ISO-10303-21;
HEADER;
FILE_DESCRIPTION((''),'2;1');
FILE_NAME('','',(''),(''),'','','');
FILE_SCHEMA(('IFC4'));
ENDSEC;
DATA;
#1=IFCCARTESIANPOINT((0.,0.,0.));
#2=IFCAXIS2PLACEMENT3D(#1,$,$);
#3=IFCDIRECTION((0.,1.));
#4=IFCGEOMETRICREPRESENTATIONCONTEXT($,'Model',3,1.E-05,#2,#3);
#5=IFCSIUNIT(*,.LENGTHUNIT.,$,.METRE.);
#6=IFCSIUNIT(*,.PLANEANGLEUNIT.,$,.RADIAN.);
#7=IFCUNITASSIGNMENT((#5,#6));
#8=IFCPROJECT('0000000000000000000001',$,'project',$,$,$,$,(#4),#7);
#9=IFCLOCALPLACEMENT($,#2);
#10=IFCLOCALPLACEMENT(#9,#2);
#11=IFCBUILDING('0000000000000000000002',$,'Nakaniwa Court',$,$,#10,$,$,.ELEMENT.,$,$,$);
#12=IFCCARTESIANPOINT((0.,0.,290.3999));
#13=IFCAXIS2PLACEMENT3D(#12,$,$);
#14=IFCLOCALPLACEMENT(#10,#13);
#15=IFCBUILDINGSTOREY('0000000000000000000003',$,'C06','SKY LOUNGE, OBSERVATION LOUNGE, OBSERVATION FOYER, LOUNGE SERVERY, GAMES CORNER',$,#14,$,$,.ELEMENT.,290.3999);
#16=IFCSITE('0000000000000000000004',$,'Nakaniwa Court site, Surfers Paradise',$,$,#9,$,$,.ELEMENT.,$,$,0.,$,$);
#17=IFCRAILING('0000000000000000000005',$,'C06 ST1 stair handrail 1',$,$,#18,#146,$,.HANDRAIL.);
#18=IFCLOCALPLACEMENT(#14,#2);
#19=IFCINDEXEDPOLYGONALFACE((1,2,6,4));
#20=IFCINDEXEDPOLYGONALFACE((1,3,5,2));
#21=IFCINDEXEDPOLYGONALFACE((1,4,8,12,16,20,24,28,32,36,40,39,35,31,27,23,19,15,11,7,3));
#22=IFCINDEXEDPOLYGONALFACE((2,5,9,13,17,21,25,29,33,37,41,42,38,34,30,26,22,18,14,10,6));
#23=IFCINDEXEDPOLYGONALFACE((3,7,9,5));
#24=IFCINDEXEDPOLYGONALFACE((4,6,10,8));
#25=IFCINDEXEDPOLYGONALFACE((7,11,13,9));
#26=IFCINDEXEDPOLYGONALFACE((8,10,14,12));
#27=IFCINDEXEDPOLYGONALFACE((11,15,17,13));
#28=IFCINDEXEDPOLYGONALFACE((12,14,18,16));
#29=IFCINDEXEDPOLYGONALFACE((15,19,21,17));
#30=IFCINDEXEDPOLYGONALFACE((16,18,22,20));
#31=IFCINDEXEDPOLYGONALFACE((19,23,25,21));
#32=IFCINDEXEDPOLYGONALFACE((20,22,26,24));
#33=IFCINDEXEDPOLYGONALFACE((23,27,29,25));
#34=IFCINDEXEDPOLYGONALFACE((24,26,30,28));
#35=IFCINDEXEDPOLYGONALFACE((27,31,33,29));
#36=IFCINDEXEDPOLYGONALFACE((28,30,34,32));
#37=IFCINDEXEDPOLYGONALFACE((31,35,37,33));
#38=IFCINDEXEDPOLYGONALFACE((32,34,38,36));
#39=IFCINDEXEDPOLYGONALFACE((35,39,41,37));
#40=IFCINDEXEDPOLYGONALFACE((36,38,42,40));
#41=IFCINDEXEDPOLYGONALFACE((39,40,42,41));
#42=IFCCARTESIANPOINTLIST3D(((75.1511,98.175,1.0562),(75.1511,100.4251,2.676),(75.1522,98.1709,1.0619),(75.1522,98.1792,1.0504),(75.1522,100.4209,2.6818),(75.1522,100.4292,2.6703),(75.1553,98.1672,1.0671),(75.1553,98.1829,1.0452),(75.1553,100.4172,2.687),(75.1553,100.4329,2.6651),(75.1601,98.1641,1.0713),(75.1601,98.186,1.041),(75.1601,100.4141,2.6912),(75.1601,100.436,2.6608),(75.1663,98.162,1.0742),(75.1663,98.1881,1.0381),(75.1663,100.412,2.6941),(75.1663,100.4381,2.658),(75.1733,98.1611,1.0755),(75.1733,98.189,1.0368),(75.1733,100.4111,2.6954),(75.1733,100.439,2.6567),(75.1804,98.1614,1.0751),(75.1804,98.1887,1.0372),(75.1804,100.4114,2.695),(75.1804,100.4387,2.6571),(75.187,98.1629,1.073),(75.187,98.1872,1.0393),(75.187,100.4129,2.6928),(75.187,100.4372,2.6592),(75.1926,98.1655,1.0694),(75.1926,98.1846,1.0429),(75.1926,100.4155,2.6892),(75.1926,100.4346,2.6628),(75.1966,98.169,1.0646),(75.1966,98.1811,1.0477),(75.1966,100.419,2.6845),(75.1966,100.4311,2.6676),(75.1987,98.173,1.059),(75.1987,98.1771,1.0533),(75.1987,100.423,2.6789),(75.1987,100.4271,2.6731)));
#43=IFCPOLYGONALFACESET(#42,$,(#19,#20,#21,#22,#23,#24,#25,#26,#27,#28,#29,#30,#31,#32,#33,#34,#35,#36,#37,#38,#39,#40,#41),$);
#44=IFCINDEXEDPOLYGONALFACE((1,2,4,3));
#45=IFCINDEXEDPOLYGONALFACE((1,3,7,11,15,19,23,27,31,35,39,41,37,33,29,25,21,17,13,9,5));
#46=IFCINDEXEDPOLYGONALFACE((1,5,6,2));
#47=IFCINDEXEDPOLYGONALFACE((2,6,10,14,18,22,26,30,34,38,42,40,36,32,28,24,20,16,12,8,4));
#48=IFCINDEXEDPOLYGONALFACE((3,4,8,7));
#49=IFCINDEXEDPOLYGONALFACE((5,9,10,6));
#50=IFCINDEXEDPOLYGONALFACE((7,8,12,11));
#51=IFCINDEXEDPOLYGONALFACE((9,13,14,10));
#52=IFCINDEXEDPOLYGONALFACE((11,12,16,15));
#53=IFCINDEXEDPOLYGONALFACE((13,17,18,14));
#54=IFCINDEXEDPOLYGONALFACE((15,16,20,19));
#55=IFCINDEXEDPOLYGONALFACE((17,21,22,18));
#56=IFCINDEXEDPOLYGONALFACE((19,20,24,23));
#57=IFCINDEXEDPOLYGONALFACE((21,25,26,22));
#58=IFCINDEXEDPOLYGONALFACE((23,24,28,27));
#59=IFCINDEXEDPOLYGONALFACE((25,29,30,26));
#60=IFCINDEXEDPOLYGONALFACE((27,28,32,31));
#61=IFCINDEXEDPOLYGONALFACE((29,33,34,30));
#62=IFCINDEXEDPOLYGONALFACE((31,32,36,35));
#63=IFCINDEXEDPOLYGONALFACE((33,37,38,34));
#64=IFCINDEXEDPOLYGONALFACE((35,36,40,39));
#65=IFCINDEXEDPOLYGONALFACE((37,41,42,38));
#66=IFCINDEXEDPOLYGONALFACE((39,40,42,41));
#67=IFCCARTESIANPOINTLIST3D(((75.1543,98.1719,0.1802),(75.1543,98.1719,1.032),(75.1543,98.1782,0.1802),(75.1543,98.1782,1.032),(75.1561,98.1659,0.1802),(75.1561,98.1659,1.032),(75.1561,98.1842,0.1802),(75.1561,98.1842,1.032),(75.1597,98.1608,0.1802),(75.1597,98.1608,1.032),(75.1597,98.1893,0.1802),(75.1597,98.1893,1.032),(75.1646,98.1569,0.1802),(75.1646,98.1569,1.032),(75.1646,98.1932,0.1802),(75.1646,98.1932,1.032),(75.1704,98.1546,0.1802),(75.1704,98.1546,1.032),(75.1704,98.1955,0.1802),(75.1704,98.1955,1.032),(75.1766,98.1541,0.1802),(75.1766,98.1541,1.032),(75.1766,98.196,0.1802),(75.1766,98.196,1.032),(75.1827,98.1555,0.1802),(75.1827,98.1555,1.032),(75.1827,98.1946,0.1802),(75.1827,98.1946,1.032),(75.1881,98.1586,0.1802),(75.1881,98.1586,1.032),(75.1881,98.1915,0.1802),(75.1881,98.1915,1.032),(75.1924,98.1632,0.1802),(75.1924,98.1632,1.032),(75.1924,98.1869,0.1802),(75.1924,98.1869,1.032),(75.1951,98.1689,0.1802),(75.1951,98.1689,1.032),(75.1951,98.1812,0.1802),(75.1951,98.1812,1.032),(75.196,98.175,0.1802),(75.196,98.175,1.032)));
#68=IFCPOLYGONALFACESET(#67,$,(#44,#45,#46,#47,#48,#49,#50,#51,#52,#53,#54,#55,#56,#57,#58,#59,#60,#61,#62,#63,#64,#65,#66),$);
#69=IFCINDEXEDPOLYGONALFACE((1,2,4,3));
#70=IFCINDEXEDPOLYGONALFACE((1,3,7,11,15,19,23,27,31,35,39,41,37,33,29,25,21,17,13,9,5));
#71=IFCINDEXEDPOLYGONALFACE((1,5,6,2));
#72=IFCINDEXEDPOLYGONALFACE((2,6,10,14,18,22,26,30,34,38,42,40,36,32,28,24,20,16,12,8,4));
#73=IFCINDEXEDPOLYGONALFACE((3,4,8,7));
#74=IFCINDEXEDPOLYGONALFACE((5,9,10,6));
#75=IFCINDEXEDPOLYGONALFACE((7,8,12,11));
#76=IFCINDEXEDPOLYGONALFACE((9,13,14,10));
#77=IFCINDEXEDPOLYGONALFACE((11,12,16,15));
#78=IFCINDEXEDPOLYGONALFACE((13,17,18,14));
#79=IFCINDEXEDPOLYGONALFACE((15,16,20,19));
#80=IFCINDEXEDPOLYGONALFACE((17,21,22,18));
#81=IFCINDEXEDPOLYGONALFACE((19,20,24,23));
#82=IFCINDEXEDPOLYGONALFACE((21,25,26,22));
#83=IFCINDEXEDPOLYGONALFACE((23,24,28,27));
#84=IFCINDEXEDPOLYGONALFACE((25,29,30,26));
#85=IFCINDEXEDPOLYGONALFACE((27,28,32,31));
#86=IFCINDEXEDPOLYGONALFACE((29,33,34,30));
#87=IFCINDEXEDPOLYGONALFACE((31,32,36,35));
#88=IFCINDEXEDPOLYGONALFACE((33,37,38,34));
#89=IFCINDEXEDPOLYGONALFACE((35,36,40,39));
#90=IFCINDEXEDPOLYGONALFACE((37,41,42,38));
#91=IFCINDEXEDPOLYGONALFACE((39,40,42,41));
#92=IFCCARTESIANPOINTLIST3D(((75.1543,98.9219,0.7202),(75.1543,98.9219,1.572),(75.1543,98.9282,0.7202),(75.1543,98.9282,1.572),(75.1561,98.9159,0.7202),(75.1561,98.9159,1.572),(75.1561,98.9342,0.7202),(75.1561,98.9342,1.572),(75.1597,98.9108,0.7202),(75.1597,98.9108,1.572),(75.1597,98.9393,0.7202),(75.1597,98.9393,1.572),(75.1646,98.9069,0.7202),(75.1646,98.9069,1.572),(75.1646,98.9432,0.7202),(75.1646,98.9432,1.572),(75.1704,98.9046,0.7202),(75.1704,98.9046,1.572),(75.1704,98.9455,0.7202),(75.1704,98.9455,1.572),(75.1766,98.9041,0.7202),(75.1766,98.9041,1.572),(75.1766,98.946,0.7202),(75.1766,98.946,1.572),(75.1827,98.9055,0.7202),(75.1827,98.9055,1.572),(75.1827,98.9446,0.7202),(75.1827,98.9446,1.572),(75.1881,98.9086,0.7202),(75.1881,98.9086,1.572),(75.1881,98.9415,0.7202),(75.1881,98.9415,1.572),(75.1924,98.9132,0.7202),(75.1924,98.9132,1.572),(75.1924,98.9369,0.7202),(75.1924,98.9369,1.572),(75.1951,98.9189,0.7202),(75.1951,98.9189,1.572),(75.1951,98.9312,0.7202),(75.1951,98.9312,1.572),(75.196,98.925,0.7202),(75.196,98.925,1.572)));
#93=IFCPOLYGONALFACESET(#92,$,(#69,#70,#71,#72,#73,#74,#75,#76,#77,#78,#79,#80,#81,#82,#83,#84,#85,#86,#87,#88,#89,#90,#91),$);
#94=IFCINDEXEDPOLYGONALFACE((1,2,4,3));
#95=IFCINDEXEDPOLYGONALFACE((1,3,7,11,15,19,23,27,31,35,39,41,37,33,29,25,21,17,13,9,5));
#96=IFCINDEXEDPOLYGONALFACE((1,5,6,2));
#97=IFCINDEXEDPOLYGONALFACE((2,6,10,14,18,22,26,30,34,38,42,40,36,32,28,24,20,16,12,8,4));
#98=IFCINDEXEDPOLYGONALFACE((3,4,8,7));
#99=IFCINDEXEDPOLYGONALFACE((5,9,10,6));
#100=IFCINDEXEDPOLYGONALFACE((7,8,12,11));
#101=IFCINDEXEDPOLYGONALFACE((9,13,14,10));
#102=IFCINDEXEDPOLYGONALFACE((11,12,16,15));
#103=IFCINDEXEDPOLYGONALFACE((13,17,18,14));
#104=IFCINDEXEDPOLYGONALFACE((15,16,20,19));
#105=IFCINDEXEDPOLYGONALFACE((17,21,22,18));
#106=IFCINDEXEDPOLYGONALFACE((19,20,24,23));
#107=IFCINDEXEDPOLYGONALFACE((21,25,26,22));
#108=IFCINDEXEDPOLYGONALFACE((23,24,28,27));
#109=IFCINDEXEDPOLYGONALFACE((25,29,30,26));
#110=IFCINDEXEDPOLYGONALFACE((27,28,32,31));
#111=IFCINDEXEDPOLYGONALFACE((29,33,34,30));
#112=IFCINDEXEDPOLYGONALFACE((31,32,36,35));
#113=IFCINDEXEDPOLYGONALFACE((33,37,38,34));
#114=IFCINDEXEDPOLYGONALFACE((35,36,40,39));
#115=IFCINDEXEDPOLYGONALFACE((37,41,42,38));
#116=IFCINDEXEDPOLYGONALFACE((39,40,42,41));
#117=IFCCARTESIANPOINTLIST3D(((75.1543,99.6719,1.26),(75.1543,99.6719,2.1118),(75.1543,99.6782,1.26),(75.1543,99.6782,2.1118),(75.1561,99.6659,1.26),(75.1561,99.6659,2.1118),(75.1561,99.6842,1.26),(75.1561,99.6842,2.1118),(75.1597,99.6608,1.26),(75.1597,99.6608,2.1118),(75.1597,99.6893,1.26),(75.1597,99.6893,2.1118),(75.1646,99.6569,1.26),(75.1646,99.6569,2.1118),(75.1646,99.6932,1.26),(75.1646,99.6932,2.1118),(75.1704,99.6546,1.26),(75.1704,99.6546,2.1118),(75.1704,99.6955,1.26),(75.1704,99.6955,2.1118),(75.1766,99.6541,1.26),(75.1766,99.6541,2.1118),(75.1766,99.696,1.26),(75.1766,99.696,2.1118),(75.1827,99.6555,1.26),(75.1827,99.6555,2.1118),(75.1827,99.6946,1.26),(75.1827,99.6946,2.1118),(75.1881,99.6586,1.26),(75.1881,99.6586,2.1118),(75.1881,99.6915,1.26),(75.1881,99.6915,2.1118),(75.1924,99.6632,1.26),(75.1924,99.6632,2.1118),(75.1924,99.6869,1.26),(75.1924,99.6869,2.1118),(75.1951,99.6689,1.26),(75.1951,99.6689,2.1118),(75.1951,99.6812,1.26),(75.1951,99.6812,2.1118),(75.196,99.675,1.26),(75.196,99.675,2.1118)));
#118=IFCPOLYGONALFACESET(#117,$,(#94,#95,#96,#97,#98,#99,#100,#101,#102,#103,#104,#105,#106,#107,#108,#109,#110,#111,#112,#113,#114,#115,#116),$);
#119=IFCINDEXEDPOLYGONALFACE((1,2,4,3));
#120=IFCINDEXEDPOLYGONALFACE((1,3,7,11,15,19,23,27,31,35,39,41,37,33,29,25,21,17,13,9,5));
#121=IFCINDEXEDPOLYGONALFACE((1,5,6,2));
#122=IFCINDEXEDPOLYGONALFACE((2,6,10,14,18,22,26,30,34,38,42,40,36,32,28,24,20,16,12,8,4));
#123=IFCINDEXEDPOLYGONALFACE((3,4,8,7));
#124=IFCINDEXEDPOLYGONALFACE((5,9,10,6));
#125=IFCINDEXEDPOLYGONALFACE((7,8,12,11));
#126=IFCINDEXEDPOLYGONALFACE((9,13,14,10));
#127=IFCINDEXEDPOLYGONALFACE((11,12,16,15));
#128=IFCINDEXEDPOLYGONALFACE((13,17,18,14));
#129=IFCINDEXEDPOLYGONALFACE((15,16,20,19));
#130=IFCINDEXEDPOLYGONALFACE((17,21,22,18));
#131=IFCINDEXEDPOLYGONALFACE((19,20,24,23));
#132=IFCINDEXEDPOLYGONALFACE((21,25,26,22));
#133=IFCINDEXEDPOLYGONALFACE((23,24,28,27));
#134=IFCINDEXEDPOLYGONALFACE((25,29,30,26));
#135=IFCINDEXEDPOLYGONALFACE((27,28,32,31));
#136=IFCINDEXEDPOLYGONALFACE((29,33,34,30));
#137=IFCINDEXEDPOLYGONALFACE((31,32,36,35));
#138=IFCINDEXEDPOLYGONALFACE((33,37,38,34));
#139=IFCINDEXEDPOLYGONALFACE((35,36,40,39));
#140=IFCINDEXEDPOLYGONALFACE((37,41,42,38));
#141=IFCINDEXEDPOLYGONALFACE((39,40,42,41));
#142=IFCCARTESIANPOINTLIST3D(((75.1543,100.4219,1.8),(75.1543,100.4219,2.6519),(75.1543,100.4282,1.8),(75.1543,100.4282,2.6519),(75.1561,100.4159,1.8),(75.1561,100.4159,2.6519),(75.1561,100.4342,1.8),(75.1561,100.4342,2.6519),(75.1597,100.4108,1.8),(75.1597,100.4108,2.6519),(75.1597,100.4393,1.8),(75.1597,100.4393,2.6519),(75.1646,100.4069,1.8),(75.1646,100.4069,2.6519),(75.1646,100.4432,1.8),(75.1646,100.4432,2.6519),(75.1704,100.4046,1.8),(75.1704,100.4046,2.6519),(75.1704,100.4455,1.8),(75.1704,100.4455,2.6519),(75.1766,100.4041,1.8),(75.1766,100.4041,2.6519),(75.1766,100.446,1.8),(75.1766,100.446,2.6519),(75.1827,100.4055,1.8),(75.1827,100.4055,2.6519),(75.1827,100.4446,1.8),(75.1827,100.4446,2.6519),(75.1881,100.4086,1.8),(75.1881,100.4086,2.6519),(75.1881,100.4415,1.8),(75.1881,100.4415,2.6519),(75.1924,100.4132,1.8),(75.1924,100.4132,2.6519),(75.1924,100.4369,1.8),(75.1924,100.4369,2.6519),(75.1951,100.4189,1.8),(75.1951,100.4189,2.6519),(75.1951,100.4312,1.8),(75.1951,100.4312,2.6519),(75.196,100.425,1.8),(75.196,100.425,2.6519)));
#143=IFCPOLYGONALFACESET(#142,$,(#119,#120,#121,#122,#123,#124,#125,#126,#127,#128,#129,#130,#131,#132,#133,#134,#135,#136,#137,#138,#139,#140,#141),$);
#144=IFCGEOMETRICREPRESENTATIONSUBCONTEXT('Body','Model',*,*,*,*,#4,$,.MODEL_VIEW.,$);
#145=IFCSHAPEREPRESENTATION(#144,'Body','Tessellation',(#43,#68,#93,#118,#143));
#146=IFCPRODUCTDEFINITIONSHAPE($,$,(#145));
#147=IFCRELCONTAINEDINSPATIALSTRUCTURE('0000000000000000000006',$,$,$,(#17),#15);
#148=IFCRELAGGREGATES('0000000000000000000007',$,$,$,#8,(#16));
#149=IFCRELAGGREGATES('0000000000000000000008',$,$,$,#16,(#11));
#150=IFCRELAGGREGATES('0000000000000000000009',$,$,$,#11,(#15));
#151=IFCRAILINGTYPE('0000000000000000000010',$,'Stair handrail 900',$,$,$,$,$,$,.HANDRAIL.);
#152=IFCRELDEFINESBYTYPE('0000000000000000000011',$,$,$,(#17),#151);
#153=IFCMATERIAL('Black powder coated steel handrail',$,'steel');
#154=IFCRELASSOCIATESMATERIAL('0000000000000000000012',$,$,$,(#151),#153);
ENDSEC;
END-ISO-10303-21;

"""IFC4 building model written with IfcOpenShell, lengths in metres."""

from ifc_helpers import new_model, si_unit, direction, frame, origin, origin_2d, place, context, subcontext, project, spatial, circle, extrude, material, type_object, element, save


model = new_model("IFC4")

# Units and contexts
model_context = context("Model", 3, precision=1e-05, world=origin(), true_north=direction((0.0, 1.0)))
body_context = subcontext(model_context, "Body", "Model", "MODEL_VIEW")
ifc_project = project(units=[si_unit("LENGTHUNIT", "METRE"), si_unit("PLANEANGLEUNIT", "RADIAN")], contexts=[model_context])

# Site, building, storey
site_placement = place(None, origin())
site = spatial("IfcSite", under=ifc_project, at=site_placement, Name="Nakaniwa Court site, Surfers Paradise", CompositionType="ELEMENT", RefElevation=0.0)
building_placement = place(site_placement, origin())
building = spatial("IfcBuilding", under=site, at=building_placement, Name="Nakaniwa Court", CompositionType="ELEMENT")
storey_placement = place(building_placement, frame((0.0, 0.0, 290.3999)))
storey = spatial("IfcBuildingStorey", under=building, at=storey_placement, Name="C06", Description="SKY LOUNGE, OBSERVATION LOUNGE, OBSERVATION FOYER, LOUNGE SERVERY, GAMES CORNER", CompositionType="ELEMENT", Elevation=290.3999)

# Railing
ifc_material_1 = material(Name="Black powder coated steel handrail", Category="steel")
railing_type_1 = type_object("IfcRailingType", Name="Stair handrail 900", PredefinedType="HANDRAIL", material=ifc_material_1)
railing_1_placement = place(storey_placement, frame((75.175, 98.175, 0.1802)))
element("IfcRailing", 1, at=railing_1_placement, inside=storey, type_object=railing_type_1, Name="C06 ST1 stair handrail 1", PredefinedType="HANDRAIL", context=body_context, shape_type="SweptSolid", body=[
    extrude(circle(Radius=0.0239, at=origin_2d()), frame((0.0, 0.0, 0.876), z_axis=(0.0, 0.811556, 0.584275), x_axis=(-1.0, 0.0, 0.0)), (0.0, 0.0, 1.0), 2.7725),
    extrude(circle(Radius=0.021, at=origin_2d()), origin(), (0.0, 0.0, 1.0), 0.8518),
    extrude(circle(Radius=0.021, at=origin_2d()), frame((0.0, 0.75, 0.54)), (0.0, 0.0, 1.0), 0.8518),
    extrude(circle(Radius=0.021, at=origin_2d()), frame((0.0, 1.5, 1.0798)), (0.0, 0.0, 1.0), 0.8518),
    extrude(circle(Radius=0.021, at=origin_2d()), frame((0.0, 2.25, 1.6199)), (0.0, 0.0, 1.0), 0.8518),
])

save(model, "model.ifc")
